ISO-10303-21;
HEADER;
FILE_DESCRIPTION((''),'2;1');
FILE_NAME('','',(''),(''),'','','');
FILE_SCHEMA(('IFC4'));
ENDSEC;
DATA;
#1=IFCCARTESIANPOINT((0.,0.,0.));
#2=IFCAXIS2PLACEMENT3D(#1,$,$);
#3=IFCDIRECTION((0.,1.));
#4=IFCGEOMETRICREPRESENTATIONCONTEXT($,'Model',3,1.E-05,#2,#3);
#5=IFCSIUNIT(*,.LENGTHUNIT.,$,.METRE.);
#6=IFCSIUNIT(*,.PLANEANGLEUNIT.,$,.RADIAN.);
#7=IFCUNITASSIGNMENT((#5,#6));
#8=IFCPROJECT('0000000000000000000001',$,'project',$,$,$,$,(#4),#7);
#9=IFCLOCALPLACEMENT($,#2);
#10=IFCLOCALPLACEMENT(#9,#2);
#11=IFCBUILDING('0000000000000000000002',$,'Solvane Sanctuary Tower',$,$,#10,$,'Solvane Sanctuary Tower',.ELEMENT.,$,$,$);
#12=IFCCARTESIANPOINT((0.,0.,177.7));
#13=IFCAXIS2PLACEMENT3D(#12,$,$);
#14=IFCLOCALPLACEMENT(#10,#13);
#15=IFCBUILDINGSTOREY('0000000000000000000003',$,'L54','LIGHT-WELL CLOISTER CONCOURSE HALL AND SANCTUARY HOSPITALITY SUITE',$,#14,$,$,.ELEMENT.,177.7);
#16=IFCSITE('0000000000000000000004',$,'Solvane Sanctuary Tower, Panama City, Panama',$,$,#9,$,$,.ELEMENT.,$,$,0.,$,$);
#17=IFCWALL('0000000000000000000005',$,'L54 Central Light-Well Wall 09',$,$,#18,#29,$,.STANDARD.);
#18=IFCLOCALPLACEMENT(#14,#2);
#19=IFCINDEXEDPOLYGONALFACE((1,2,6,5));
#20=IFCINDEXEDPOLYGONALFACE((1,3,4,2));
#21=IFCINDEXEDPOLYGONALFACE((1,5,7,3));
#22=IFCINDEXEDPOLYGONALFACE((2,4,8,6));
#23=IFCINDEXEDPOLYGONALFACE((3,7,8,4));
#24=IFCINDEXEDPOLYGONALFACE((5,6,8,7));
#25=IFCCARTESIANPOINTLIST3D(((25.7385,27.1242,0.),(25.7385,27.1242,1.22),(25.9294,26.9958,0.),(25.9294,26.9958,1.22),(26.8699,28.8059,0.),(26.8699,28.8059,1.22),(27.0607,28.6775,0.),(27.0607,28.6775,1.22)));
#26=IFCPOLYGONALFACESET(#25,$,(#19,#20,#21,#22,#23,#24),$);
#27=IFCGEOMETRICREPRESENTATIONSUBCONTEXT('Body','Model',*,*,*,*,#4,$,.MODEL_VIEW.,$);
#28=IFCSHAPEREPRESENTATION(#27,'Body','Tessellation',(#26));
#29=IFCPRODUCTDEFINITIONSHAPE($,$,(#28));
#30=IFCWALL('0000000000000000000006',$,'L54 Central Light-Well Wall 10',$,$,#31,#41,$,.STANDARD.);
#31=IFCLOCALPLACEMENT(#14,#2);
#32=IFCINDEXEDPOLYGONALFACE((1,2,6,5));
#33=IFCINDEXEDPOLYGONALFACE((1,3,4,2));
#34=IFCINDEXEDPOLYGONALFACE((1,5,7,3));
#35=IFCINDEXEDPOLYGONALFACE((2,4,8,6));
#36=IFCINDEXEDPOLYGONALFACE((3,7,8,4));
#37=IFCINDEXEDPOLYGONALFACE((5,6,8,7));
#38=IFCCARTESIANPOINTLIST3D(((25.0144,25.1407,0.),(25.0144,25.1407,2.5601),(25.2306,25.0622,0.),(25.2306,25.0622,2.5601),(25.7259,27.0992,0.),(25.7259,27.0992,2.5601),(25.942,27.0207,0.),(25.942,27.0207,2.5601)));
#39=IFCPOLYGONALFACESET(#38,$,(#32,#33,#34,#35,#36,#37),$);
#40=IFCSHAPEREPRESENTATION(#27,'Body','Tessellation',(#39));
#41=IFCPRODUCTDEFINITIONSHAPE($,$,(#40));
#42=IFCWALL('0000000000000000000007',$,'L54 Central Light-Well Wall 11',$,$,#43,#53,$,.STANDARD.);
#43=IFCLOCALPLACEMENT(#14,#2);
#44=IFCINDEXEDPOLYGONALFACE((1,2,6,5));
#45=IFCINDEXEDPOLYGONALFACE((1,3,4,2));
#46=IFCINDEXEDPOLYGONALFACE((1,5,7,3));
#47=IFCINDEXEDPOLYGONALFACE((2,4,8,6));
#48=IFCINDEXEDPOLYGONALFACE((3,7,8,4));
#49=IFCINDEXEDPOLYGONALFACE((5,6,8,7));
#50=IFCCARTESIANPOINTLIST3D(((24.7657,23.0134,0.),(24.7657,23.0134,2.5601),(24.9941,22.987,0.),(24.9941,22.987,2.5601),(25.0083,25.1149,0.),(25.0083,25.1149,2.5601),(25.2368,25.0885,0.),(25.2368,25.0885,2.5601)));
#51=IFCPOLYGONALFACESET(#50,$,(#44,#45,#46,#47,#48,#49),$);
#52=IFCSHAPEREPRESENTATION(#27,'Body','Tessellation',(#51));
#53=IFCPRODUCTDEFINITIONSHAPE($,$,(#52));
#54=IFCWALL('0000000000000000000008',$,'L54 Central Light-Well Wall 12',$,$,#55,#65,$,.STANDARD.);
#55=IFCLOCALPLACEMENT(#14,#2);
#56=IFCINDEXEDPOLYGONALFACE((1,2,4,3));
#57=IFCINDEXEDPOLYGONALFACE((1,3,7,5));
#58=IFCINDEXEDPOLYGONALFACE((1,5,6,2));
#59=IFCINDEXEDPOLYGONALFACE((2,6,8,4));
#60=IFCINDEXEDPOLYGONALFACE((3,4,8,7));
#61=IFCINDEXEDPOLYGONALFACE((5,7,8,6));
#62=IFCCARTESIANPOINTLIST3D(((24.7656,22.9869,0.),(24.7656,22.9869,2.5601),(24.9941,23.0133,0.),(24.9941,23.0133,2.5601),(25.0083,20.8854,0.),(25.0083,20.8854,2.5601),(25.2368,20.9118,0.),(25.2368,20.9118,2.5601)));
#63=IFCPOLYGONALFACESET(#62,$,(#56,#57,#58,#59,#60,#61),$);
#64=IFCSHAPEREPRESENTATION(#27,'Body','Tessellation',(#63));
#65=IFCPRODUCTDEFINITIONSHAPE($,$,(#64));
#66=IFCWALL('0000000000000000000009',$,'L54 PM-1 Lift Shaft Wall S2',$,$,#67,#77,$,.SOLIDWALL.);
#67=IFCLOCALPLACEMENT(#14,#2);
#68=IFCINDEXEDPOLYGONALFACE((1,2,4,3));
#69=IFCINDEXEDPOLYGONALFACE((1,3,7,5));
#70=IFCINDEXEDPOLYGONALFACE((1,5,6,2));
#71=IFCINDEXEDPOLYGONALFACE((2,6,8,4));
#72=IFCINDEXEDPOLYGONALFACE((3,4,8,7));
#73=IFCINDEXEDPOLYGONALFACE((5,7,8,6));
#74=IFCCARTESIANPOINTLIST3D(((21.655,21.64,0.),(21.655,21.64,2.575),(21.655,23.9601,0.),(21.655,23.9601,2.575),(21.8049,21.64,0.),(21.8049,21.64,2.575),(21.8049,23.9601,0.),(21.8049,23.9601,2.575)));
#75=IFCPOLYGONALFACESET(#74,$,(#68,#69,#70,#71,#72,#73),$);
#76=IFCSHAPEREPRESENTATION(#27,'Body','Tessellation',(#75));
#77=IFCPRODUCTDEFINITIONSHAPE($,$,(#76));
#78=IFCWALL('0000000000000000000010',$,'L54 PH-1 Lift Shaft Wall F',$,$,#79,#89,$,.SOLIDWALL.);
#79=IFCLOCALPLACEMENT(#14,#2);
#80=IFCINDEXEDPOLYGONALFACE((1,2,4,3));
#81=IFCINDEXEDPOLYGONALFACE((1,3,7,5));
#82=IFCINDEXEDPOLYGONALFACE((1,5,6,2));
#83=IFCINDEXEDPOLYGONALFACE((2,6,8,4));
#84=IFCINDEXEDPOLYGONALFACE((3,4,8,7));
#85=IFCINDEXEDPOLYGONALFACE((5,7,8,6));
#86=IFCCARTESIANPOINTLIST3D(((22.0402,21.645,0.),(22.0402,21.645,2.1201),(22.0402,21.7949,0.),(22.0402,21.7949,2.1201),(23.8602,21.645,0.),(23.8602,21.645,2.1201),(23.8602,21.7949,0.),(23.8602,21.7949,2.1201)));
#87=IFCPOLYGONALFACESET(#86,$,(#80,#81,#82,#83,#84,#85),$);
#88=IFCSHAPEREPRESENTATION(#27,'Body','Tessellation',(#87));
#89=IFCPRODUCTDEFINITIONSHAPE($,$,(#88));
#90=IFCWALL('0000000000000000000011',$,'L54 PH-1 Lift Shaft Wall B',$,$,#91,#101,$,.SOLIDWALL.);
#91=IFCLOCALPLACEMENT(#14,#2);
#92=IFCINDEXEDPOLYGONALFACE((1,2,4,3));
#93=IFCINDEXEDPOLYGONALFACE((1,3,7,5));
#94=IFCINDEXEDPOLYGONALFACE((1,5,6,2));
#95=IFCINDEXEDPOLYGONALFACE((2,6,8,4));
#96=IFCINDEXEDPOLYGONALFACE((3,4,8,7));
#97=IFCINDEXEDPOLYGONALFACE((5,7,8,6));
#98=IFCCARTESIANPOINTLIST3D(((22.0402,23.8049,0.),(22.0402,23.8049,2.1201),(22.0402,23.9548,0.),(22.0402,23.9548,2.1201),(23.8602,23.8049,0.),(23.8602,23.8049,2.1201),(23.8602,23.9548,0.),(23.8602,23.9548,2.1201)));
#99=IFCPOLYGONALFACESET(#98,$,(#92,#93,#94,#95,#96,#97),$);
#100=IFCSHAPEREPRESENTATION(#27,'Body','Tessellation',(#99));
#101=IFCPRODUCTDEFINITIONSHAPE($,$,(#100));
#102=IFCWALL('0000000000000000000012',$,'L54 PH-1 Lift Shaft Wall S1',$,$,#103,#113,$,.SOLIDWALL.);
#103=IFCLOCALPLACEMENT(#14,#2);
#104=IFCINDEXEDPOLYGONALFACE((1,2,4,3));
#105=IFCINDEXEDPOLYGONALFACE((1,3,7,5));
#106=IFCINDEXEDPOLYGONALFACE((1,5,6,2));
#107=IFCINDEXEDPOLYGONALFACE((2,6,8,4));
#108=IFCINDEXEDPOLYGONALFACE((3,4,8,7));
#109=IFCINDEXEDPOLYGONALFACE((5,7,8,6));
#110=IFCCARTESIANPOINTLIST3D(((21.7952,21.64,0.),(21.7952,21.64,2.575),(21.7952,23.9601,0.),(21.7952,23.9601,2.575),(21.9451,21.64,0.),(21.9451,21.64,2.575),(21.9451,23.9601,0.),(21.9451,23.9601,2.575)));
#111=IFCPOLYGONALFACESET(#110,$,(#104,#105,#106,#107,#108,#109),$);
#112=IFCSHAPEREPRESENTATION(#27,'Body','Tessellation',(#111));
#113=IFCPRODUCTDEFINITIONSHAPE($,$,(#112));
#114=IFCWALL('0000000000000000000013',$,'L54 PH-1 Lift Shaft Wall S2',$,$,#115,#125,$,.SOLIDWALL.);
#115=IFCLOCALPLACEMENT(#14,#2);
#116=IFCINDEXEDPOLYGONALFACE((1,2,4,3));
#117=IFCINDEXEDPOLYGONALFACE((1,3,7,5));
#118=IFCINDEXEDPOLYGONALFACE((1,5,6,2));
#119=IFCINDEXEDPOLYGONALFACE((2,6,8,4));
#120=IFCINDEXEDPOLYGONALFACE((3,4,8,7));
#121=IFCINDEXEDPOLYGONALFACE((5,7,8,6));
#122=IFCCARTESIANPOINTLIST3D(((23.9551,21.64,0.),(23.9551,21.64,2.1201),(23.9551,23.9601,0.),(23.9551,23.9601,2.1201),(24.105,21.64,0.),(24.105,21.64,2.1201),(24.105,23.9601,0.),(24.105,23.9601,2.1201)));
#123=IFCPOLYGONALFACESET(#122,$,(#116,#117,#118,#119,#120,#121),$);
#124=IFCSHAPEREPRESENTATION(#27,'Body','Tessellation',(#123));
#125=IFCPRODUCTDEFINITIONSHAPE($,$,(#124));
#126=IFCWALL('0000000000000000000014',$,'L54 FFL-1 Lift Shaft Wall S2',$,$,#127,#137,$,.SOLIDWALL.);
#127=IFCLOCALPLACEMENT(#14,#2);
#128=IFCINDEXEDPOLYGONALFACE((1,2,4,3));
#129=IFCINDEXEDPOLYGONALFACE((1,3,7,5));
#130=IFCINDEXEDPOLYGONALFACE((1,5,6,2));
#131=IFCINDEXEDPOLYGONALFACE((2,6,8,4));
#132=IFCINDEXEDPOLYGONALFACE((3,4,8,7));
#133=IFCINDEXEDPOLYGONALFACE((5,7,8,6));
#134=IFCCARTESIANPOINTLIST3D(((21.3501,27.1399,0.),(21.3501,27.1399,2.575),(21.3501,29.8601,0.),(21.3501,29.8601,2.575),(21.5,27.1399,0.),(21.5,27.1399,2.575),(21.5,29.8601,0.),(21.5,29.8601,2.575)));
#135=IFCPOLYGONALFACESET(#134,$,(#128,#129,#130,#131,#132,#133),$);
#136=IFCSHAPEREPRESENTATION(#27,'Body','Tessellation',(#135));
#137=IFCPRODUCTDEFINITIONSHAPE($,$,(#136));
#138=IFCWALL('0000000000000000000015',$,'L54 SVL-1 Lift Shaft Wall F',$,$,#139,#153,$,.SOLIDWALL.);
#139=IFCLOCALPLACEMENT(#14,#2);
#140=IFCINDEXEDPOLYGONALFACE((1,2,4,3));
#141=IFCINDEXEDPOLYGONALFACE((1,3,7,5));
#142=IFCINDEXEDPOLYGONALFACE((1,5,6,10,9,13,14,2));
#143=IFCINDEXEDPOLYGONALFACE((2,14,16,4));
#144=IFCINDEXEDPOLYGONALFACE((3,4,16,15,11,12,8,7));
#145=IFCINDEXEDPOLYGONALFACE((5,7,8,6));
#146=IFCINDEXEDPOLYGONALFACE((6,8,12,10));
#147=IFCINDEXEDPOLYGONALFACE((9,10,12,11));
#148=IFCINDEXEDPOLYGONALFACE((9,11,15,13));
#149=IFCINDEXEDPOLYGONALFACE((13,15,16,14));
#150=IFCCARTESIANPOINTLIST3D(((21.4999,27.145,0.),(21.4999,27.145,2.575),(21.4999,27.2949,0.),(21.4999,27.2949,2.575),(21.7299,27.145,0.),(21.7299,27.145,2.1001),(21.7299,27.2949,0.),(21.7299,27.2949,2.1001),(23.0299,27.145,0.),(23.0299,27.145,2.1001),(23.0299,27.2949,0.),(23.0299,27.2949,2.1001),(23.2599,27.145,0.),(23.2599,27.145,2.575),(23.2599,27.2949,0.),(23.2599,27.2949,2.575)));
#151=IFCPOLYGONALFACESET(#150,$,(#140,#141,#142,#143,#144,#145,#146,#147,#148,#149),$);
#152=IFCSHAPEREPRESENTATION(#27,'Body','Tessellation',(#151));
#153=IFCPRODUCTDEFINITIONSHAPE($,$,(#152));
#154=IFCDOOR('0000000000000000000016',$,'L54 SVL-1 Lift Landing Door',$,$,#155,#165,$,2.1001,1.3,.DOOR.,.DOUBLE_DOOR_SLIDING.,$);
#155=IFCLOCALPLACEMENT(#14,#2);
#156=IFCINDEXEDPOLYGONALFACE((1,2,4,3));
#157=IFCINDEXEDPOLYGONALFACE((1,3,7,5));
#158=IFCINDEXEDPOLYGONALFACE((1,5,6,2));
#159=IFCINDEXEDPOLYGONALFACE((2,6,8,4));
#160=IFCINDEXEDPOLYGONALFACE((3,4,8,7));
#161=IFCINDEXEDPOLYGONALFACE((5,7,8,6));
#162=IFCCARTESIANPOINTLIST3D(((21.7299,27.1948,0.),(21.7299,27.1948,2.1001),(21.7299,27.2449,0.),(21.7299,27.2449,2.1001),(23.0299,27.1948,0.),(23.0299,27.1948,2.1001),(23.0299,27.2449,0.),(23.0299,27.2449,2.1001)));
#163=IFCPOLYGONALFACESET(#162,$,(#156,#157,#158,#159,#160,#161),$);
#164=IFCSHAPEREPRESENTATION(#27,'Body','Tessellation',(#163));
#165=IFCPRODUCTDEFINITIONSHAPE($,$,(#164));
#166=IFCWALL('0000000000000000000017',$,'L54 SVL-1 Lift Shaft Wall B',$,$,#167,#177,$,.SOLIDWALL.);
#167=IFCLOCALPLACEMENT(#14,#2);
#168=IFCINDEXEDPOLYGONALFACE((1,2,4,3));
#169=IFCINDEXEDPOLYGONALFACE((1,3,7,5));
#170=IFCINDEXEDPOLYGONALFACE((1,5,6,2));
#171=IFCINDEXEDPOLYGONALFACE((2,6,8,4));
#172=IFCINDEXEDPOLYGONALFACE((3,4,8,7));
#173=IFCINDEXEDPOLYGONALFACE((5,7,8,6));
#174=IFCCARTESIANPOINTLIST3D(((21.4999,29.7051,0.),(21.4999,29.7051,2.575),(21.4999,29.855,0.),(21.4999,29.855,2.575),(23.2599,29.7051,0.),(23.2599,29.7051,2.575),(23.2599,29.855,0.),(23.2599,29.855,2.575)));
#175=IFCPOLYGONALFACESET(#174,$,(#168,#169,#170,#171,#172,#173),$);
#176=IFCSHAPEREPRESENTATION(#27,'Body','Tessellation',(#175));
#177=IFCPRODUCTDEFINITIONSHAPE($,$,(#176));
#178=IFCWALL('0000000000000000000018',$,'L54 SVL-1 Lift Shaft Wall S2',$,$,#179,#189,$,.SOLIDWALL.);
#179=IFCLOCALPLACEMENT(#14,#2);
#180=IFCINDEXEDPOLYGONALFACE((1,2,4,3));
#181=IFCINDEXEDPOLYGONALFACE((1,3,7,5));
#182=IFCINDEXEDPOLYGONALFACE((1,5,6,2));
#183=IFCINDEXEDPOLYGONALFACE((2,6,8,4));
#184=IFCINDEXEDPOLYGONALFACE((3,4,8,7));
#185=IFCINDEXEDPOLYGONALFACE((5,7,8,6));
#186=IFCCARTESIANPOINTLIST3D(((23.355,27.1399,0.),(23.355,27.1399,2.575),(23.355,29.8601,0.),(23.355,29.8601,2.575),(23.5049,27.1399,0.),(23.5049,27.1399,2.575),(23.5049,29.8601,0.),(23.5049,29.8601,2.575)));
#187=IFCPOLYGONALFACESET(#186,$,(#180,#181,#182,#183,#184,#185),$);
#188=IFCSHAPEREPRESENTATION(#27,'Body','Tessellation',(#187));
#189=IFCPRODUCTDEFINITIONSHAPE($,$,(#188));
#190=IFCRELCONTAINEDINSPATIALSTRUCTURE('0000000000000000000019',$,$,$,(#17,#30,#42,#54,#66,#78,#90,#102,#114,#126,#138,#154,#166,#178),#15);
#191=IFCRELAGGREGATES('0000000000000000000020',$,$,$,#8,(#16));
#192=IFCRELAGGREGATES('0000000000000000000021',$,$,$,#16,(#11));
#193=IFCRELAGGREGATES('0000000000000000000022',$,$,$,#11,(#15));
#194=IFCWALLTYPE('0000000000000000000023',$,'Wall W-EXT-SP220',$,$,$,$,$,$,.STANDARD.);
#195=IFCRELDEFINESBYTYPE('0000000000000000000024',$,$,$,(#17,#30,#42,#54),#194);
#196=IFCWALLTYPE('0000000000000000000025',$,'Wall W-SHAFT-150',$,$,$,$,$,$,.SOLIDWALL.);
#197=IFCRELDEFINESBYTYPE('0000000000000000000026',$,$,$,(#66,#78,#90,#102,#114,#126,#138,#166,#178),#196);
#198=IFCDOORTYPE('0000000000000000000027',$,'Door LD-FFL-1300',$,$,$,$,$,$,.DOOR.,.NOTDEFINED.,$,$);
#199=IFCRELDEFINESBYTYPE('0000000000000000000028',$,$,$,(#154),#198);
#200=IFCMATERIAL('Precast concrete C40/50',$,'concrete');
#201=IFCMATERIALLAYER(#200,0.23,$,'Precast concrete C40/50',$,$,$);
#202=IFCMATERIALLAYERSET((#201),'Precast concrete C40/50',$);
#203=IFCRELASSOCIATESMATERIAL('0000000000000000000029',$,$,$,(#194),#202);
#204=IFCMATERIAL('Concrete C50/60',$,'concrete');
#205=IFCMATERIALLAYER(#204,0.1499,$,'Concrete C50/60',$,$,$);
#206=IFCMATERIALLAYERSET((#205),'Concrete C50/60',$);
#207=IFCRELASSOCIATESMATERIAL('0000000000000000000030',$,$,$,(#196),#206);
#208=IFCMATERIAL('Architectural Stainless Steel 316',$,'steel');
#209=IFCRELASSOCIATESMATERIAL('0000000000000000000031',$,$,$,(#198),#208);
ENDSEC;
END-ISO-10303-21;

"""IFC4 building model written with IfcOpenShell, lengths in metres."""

from ifc_helpers import new_model, si_unit, direction, frame, frame_2d, origin, place, context, subcontext, project, spatial, rectangle, extrude, material, layer, layer_set, type_object, element, fill, save


model = new_model("IFC4")

# Units and contexts
model_context = context("Model", 3, precision=1e-05, world=origin(), true_north=direction((0.0, 1.0)))
body_context = subcontext(model_context, "Body", "Model", "MODEL_VIEW")
ifc_project = project(units=[si_unit("LENGTHUNIT", "METRE"), si_unit("PLANEANGLEUNIT", "RADIAN")], contexts=[model_context])

# Site, building, storey
site_placement = place(None, origin())
site = spatial("IfcSite", under=ifc_project, at=site_placement, Name="Solvane Sanctuary Tower, Panama City, Panama", CompositionType="ELEMENT", RefElevation=0.0)
building_placement = place(site_placement, origin())
building = spatial("IfcBuilding", under=site, at=building_placement, Name="Solvane Sanctuary Tower", LongName="Solvane Sanctuary Tower", CompositionType="ELEMENT")
storey_placement = place(building_placement, frame((0.0, 0.0, 177.7)))
storey = spatial("IfcBuildingStorey", under=building, at=storey_placement, Name="L54", Description="LIGHT-WELL CLOISTER CONCOURSE HALL AND SANCTUARY HOSPITALITY SUITE", CompositionType="ELEMENT", Elevation=177.7)

# Shared definitions
ifc_material_1 = material(Name="Concrete C50/60", Category="concrete")

# Shared definitions
ifc_material_2 = material(Name="Architectural Stainless Steel 316", Category="steel")

# Walls
ifc_material_3 = material(Name="Precast concrete C40/50", Category="concrete")
ifc_layer_1 = layer(ifc_material_3, 0.23, Name="Precast concrete C40/50")
ifc_layer_set_1 = layer_set([ifc_layer_1], Name="Precast concrete C40/50")
wall_type_1 = type_object("IfcWallType", Name="Wall W-EXT-SP220", PredefinedType="STANDARD", material=ifc_layer_set_1)
wall_1_placement = place(storey_placement, frame((26.9653, 28.7417, 0.0), z_axis=(0.0, 0.0, 1.0), x_axis=(-0.558198, -0.829708, 0.0)))
element("IfcWall", 1, at=wall_1_placement, inside=storey, type_object=wall_type_1, Name="L54 Central Light-Well Wall 09", PredefinedType="STANDARD", context=body_context, shape_type="SweptSolid", body=[
    extrude(rectangle(XDim=2.0269, YDim=0.23, at=frame_2d((1.0134, 0.0))), origin(), (0.0, 0.0, 1.0), 1.22),
])
wall_2_placement = place(storey_placement, frame((25.834, 27.0601, 0.0), z_axis=(0.0, 0.0, 1.0), x_axis=(-0.341423, -0.93991, 0.0)))
element("IfcWall", 2, at=wall_2_placement, inside=storey, type_object=wall_type_1, Name="L54 Central Light-Well Wall 10", PredefinedType="STANDARD", context=body_context, shape_type="SweptSolid", body=[
    extrude(rectangle(XDim=2.0837, YDim=0.23, at=frame_2d((1.042, 0.0))), origin(), (0.0, 0.0, 1.0), 2.5601),
])
for number, where, z_axis, x_axis, name in (
    (3, (25.1226, 25.1016, 0.0), (0.0, 0.0, 1.0), (-0.114712, -0.993399, 0.0), "L54 Central Light-Well Wall 11"),
    (4, (24.8799, 23.0, 0.0), (0.0, 0.0, 1.0), (0.114712, -0.993399, 0.0), "L54 Central Light-Well Wall 12"),
):
    element("IfcWall", number, at=place(storey_placement, frame(where, z_axis=z_axis, x_axis=x_axis)), inside=storey, type_object=wall_type_1, Name=name, PredefinedType="STANDARD", context=body_context, shape_type="SweptSolid", body=[
        extrude(rectangle(XDim=2.1155, YDim=0.23, at=frame_2d((1.0576, 0.0))), origin(), (0.0, 0.0, 1.0), 2.5601),
    ])
ifc_layer_2 = layer(ifc_material_1, 0.1499, Name="Concrete C50/60")
ifc_layer_set_2 = layer_set([ifc_layer_2], Name="Concrete C50/60")
wall_type_2 = type_object("IfcWallType", Name="Wall W-SHAFT-150", PredefinedType="SOLIDWALL", material=ifc_layer_set_2)
wall_3_placement = place(storey_placement, frame((21.73, 21.6399, 0.0), z_axis=(0.0, 0.0, 1.0), x_axis=(0.0, 1.0, 0.0)))
element("IfcWall", 5, at=wall_3_placement, inside=storey, type_object=wall_type_2, Name="L54 PM-1 Lift Shaft Wall S2", PredefinedType="SOLIDWALL", context=body_context, shape_type="SweptSolid", body=[
    extrude(rectangle(XDim=2.3201, YDim=0.1499, at=frame_2d((1.1602, 0.0))), origin(), (0.0, 0.0, 1.0), 2.575),
])
for number, where, z_axis, x_axis, name in (
    (6, (22.04, 21.72, 0.0), (0.0, 0.0, 1.0), (1.0, 0.0, 0.0), "L54 PH-1 Lift Shaft Wall F"),
    (7, (22.04, 23.8799, 0.0), (0.0, 0.0, 1.0), (1.0, 0.0, 0.0), "L54 PH-1 Lift Shaft Wall B"),
):
    element("IfcWall", number, at=place(storey_placement, frame(where, z_axis=z_axis, x_axis=x_axis)), inside=storey, type_object=wall_type_2, Name=name, PredefinedType="SOLIDWALL", context=body_context, shape_type="SweptSolid", body=[
        extrude(rectangle(XDim=1.8201, YDim=0.1499, at=frame_2d((0.9102, 0.0))), origin(), (0.0, 0.0, 1.0), 2.1201),
    ])
wall_4_placement = place(storey_placement, frame((21.8701, 21.6399, 0.0), z_axis=(0.0, 0.0, 1.0), x_axis=(0.0, 1.0, 0.0)))
element("IfcWall", 8, at=wall_4_placement, inside=storey, type_object=wall_type_2, Name="L54 PH-1 Lift Shaft Wall S1", PredefinedType="SOLIDWALL", context=body_context, shape_type="SweptSolid", body=[
    extrude(rectangle(XDim=2.3201, YDim=0.1499, at=frame_2d((1.1602, 0.0))), origin(), (0.0, 0.0, 1.0), 2.575),
])
wall_5_placement = place(storey_placement, frame((24.03, 21.6399, 0.0), z_axis=(0.0, 0.0, 1.0), x_axis=(0.0, 1.0, 0.0)))
element("IfcWall", 9, at=wall_5_placement, inside=storey, type_object=wall_type_2, Name="L54 PH-1 Lift Shaft Wall S2", PredefinedType="SOLIDWALL", context=body_context, shape_type="SweptSolid", body=[
    extrude(rectangle(XDim=2.3201, YDim=0.1499, at=frame_2d((1.1602, 0.0))), origin(), (0.0, 0.0, 1.0), 2.1201),
])
wall_6_placement = place(storey_placement, frame((21.425, 27.1399, 0.0), z_axis=(0.0, 0.0, 1.0), x_axis=(0.0, 1.0, 0.0)))
element("IfcWall", 10, at=wall_6_placement, inside=storey, type_object=wall_type_2, Name="L54 FFL-1 Lift Shaft Wall S2", PredefinedType="SOLIDWALL", context=body_context, shape_type="SweptSolid", body=[
    extrude(rectangle(XDim=2.7202, YDim=0.1499, at=frame_2d((1.3601, 0.0))), origin(), (0.0, 0.0, 1.0), 2.575),
])

# Wall, opening, door
wall_7_placement = place(storey_placement, frame((21.5, 27.22, 0.0), z_axis=(0.0, 0.0, 1.0), x_axis=(1.0, 0.0, 0.0)))
wall_7 = element("IfcWall", 11, at=wall_7_placement, inside=storey, type_object=wall_type_2, Name="L54 SVL-1 Lift Shaft Wall F", PredefinedType="SOLIDWALL", context=body_context, shape_type="SweptSolid", body=[
    extrude(rectangle(XDim=1.76, YDim=0.1499, at=frame_2d((0.8799, 0.0))), origin(), (0.0, 0.0, 1.0), 2.575),
])
opening_1_placement = place(wall_7_placement, frame((0.23, 0.0, 0.0)))
opening_1 = element("IfcOpeningElement", 12, at=opening_1_placement, cuts=wall_7, PredefinedType="OPENING", context=body_context, shape_type="SweptSolid", body=[
    extrude(rectangle(XDim=1.3, YDim=2.1001, at=frame_2d((0.6499, 1.05))), frame((0.0, 0.085, 0.0), z_axis=(0.0, -1.0, 0.0), x_axis=(1.0, 0.0, 0.0)), (0.0, 0.0, 1.0), 0.1699),
])
door_type_1 = type_object("IfcDoorType", Name="Door LD-FFL-1300", OperationType="NOTDEFINED", PredefinedType="DOOR", material=ifc_material_2)
door_1_placement = place(opening_1_placement, origin())
door_1 = element("IfcDoor", 13, at=door_1_placement, inside=storey, type_object=door_type_1, Name="L54 SVL-1 Lift Landing Door", OperationType="DOUBLE_DOOR_SLIDING", OverallHeight=2.1001, OverallWidth=1.3, PredefinedType="DOOR", context=body_context, shape_type="SweptSolid", body=[
    extrude(rectangle(XDim=1.3, YDim=2.1001, at=frame_2d((0.6499, 1.05))), frame((0.0, 0.0249, 0.0), z_axis=(0.0, -1.0, 0.0), x_axis=(1.0, 0.0, 0.0)), (0.0, 0.0, 1.0), 0.05),
])
fill(opening_1, door_1)

# Walls
wall_8_placement = place(storey_placement, frame((21.5, 29.78, 0.0), z_axis=(0.0, 0.0, 1.0), x_axis=(1.0, 0.0, 0.0)))
element("IfcWall", 14, at=wall_8_placement, inside=storey, type_object=wall_type_2, Name="L54 SVL-1 Lift Shaft Wall B", PredefinedType="SOLIDWALL", context=body_context, shape_type="SweptSolid", body=[
    extrude(rectangle(XDim=1.76, YDim=0.1499, at=frame_2d((0.8799, 0.0))), origin(), (0.0, 0.0, 1.0), 2.575),
])
wall_9_placement = place(storey_placement, frame((23.4299, 27.1399, 0.0), z_axis=(0.0, 0.0, 1.0), x_axis=(0.0, 1.0, 0.0)))
element("IfcWall", 15, at=wall_9_placement, inside=storey, type_object=wall_type_2, Name="L54 SVL-1 Lift Shaft Wall S2", PredefinedType="SOLIDWALL", context=body_context, shape_type="SweptSolid", body=[
    extrude(rectangle(XDim=2.7202, YDim=0.1499, at=frame_2d((1.3601, 0.0))), origin(), (0.0, 0.0, 1.0), 2.575),
])

save(model, "model.ifc")
